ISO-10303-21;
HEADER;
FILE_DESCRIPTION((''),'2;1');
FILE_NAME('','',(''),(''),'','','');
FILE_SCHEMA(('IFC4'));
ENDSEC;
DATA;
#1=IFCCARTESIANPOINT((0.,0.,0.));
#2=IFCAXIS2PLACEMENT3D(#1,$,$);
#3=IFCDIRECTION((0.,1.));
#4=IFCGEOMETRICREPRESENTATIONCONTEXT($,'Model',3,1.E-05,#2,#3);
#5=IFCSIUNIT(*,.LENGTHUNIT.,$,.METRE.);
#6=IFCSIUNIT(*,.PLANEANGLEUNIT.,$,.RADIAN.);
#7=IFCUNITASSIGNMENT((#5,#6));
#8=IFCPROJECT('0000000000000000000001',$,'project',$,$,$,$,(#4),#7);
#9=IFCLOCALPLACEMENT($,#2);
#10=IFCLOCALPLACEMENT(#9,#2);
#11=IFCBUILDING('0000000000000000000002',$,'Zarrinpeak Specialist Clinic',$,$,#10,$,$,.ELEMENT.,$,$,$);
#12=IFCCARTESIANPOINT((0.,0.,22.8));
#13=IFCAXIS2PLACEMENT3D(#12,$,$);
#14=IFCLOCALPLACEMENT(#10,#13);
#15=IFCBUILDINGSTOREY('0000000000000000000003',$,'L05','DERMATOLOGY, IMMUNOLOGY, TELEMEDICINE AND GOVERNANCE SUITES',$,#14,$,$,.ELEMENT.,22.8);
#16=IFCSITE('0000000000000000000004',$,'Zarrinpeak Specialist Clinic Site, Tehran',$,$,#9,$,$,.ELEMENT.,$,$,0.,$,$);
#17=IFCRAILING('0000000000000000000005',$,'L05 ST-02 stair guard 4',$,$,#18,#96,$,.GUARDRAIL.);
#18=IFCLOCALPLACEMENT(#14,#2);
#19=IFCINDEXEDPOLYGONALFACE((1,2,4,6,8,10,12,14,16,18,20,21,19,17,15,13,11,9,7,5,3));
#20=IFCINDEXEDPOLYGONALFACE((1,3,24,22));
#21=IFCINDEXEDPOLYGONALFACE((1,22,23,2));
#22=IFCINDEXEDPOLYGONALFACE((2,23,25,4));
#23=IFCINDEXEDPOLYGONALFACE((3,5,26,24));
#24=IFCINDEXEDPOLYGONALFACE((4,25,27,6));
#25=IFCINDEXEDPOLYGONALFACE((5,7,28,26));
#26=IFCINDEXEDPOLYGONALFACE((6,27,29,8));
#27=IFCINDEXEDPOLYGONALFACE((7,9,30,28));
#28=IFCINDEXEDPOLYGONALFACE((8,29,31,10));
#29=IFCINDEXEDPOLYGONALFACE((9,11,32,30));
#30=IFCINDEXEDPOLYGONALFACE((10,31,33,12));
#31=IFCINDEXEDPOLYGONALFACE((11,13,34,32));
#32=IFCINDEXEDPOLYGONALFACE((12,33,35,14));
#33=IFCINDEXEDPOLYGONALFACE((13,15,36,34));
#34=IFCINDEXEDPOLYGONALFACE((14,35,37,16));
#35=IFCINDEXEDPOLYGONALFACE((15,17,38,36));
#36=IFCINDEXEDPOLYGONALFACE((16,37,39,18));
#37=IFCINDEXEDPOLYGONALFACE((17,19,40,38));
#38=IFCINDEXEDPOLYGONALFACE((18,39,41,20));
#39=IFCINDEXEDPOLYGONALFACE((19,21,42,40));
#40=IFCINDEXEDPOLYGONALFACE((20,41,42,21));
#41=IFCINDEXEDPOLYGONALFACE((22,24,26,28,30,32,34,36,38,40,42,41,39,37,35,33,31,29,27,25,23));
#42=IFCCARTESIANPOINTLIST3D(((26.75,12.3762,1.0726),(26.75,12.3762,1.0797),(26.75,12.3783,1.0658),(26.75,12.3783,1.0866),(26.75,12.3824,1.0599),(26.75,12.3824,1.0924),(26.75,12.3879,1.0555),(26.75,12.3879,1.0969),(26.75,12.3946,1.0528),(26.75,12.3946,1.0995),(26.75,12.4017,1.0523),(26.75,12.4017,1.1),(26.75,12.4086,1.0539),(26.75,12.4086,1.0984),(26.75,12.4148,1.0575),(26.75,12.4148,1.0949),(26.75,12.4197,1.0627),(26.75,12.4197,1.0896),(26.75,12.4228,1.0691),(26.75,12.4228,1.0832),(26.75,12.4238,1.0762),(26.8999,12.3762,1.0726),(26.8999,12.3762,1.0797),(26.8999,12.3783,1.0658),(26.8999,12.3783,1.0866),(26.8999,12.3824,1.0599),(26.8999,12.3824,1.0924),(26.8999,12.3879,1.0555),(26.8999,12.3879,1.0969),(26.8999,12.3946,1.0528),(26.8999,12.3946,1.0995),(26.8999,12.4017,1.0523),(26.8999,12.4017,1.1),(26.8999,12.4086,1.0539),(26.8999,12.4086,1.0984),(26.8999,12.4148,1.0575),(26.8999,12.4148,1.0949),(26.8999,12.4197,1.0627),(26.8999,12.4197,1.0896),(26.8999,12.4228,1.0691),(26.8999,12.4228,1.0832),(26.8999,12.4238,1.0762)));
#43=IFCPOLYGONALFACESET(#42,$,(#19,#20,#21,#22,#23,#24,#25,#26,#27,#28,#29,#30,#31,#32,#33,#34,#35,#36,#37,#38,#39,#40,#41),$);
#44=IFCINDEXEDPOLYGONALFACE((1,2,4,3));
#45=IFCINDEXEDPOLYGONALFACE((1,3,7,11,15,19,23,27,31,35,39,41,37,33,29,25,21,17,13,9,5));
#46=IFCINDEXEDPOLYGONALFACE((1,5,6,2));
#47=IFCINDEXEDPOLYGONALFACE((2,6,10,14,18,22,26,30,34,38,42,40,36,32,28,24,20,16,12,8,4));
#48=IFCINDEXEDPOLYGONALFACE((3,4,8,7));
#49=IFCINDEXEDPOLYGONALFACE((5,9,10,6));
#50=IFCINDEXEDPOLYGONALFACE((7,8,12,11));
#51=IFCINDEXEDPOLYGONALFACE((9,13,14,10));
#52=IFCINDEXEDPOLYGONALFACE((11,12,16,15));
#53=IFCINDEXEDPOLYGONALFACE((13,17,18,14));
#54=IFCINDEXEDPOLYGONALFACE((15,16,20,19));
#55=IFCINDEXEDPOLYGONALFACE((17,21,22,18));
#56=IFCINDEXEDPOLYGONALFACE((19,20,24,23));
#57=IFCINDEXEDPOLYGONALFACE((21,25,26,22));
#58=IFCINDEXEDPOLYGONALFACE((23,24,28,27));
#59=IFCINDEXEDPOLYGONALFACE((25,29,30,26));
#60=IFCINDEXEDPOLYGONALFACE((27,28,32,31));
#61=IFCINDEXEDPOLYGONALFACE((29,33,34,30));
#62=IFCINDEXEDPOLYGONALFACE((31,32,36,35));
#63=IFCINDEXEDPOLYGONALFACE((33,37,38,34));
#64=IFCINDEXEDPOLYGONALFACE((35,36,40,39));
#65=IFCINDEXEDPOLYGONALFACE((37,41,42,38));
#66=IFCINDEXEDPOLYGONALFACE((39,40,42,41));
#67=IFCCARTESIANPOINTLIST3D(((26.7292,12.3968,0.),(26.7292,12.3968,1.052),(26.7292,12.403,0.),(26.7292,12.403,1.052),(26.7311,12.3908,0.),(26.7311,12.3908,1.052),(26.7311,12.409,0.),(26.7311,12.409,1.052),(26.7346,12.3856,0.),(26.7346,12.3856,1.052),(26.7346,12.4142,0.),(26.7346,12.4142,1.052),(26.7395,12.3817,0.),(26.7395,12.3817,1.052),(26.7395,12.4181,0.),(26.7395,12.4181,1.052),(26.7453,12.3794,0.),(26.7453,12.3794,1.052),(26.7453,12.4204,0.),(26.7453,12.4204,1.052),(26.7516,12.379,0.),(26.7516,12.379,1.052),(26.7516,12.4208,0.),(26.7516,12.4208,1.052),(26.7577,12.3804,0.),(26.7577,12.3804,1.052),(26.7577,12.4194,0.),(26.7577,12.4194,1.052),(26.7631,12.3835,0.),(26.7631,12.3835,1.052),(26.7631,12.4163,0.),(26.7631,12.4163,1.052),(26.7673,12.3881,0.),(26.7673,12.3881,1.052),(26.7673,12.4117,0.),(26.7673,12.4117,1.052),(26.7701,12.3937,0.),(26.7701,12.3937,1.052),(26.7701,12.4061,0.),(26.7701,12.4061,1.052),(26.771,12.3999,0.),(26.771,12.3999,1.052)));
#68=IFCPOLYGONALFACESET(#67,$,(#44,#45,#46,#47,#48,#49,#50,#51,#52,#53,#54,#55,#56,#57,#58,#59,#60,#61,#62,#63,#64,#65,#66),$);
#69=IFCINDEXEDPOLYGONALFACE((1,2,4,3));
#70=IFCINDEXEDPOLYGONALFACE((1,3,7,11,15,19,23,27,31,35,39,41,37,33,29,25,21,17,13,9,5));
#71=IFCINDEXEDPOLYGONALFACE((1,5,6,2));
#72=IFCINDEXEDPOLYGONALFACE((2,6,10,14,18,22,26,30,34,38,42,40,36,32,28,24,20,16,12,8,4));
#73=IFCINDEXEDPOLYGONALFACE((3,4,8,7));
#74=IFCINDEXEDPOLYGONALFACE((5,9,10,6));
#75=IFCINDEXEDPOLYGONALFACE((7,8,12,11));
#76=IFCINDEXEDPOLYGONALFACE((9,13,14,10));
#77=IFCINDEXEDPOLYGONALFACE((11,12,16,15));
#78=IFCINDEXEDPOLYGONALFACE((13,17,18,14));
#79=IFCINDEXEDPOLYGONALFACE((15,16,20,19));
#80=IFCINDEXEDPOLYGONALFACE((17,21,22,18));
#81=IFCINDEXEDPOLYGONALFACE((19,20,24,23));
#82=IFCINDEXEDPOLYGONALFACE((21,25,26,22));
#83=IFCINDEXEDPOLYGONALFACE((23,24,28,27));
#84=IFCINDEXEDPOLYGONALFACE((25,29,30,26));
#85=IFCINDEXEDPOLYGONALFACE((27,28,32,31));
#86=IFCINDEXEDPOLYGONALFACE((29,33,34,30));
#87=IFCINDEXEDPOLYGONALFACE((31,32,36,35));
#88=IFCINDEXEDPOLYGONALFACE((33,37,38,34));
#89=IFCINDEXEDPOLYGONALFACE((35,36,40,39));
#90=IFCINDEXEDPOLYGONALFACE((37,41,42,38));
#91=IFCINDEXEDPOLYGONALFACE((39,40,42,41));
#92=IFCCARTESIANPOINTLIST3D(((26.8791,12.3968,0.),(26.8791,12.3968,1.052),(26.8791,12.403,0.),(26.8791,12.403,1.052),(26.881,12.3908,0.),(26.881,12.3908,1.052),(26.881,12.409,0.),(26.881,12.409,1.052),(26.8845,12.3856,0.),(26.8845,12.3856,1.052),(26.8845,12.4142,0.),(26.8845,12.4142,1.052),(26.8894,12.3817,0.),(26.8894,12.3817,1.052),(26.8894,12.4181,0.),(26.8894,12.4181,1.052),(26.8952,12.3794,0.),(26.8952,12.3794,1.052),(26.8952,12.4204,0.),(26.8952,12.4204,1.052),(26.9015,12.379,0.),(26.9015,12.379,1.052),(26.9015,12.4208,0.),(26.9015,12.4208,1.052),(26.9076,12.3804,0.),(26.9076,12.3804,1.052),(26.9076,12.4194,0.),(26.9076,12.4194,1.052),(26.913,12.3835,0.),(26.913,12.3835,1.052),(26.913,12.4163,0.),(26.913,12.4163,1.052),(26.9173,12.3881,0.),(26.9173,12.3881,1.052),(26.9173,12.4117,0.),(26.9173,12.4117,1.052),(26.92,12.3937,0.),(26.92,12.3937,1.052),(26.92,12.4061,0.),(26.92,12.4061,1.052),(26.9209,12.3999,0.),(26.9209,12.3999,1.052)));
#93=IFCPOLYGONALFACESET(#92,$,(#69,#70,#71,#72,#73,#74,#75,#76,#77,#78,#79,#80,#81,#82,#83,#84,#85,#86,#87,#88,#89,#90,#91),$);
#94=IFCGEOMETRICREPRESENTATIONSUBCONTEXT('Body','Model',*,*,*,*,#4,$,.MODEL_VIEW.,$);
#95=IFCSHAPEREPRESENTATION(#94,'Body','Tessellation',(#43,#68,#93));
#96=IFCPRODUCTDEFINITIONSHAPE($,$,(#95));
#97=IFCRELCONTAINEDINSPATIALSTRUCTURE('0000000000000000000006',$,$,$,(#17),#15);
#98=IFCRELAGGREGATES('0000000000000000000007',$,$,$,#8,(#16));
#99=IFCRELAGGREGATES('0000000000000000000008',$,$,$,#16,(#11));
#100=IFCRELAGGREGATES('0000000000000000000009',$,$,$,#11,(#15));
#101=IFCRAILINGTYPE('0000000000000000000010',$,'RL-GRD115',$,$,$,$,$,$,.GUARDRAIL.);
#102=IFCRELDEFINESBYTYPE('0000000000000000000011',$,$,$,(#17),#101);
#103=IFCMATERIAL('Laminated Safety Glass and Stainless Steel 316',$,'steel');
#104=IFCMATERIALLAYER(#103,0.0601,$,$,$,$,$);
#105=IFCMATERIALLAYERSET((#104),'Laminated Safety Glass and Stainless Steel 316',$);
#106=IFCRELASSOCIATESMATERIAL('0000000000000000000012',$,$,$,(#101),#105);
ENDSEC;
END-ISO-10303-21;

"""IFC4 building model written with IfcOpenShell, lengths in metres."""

from ifc_helpers import new_model, si_unit, direction, frame, origin, origin_2d, place, context, subcontext, project, spatial, circle, extrude, material, layer, layer_set, type_object, element, save


model = new_model("IFC4")

# Units and contexts
model_context = context("Model", 3, precision=1e-05, world=origin(), true_north=direction((0.0, 1.0)))
body_context = subcontext(model_context, "Body", "Model", "MODEL_VIEW")
ifc_project = project(units=[si_unit("LENGTHUNIT", "METRE"), si_unit("PLANEANGLEUNIT", "RADIAN")], contexts=[model_context])

# Site, building, storey
site_placement = place(None, origin())
site = spatial("IfcSite", under=ifc_project, at=site_placement, Name="Zarrinpeak Specialist Clinic Site, Tehran", CompositionType="ELEMENT", RefElevation=0.0)
building_placement = place(site_placement, origin())
building = spatial("IfcBuilding", under=site, at=building_placement, Name="Zarrinpeak Specialist Clinic", CompositionType="ELEMENT")
storey_placement = place(building_placement, frame((0.0, 0.0, 22.8)))
storey = spatial("IfcBuildingStorey", under=building, at=storey_placement, Name="L05", Description="DERMATOLOGY, IMMUNOLOGY, TELEMEDICINE AND GOVERNANCE SUITES", CompositionType="ELEMENT", Elevation=22.8)

# Railing
ifc_material_1 = material(Name="Laminated Safety Glass and Stainless Steel 316", Category="steel")
ifc_layer_1 = layer(ifc_material_1, 0.0601)
ifc_layer_set_1 = layer_set([ifc_layer_1], Name="Laminated Safety Glass and Stainless Steel 316")
railing_type_1 = type_object("IfcRailingType", Name="RL-GRD115", PredefinedType="GUARDRAIL", material=ifc_layer_set_1)
railing_1_placement = place(storey_placement, frame((26.75, 12.3999, 0.0)))
element("IfcRailing", 1, at=railing_1_placement, inside=storey, type_object=railing_type_1, Name="L05 ST-02 stair guard 4", PredefinedType="GUARDRAIL", context=body_context, shape_type="SweptSolid", body=[
    extrude(circle(Radius=0.0239, at=origin_2d()), frame((0.0, 0.0, 1.0762), z_axis=(1.0, 0.0, 0.0), x_axis=(0.0, 1.0, 0.0)), (0.0, 0.0, 1.0), 0.1499),
    extrude(circle(Radius=0.021, at=origin_2d()), origin(), (0.0, 0.0, 1.0), 1.052),
    extrude(circle(Radius=0.021, at=origin_2d()), frame((0.1499, 0.0, 0.0)), (0.0, 0.0, 1.0), 1.052),
])

save(model, "model.ifc")
